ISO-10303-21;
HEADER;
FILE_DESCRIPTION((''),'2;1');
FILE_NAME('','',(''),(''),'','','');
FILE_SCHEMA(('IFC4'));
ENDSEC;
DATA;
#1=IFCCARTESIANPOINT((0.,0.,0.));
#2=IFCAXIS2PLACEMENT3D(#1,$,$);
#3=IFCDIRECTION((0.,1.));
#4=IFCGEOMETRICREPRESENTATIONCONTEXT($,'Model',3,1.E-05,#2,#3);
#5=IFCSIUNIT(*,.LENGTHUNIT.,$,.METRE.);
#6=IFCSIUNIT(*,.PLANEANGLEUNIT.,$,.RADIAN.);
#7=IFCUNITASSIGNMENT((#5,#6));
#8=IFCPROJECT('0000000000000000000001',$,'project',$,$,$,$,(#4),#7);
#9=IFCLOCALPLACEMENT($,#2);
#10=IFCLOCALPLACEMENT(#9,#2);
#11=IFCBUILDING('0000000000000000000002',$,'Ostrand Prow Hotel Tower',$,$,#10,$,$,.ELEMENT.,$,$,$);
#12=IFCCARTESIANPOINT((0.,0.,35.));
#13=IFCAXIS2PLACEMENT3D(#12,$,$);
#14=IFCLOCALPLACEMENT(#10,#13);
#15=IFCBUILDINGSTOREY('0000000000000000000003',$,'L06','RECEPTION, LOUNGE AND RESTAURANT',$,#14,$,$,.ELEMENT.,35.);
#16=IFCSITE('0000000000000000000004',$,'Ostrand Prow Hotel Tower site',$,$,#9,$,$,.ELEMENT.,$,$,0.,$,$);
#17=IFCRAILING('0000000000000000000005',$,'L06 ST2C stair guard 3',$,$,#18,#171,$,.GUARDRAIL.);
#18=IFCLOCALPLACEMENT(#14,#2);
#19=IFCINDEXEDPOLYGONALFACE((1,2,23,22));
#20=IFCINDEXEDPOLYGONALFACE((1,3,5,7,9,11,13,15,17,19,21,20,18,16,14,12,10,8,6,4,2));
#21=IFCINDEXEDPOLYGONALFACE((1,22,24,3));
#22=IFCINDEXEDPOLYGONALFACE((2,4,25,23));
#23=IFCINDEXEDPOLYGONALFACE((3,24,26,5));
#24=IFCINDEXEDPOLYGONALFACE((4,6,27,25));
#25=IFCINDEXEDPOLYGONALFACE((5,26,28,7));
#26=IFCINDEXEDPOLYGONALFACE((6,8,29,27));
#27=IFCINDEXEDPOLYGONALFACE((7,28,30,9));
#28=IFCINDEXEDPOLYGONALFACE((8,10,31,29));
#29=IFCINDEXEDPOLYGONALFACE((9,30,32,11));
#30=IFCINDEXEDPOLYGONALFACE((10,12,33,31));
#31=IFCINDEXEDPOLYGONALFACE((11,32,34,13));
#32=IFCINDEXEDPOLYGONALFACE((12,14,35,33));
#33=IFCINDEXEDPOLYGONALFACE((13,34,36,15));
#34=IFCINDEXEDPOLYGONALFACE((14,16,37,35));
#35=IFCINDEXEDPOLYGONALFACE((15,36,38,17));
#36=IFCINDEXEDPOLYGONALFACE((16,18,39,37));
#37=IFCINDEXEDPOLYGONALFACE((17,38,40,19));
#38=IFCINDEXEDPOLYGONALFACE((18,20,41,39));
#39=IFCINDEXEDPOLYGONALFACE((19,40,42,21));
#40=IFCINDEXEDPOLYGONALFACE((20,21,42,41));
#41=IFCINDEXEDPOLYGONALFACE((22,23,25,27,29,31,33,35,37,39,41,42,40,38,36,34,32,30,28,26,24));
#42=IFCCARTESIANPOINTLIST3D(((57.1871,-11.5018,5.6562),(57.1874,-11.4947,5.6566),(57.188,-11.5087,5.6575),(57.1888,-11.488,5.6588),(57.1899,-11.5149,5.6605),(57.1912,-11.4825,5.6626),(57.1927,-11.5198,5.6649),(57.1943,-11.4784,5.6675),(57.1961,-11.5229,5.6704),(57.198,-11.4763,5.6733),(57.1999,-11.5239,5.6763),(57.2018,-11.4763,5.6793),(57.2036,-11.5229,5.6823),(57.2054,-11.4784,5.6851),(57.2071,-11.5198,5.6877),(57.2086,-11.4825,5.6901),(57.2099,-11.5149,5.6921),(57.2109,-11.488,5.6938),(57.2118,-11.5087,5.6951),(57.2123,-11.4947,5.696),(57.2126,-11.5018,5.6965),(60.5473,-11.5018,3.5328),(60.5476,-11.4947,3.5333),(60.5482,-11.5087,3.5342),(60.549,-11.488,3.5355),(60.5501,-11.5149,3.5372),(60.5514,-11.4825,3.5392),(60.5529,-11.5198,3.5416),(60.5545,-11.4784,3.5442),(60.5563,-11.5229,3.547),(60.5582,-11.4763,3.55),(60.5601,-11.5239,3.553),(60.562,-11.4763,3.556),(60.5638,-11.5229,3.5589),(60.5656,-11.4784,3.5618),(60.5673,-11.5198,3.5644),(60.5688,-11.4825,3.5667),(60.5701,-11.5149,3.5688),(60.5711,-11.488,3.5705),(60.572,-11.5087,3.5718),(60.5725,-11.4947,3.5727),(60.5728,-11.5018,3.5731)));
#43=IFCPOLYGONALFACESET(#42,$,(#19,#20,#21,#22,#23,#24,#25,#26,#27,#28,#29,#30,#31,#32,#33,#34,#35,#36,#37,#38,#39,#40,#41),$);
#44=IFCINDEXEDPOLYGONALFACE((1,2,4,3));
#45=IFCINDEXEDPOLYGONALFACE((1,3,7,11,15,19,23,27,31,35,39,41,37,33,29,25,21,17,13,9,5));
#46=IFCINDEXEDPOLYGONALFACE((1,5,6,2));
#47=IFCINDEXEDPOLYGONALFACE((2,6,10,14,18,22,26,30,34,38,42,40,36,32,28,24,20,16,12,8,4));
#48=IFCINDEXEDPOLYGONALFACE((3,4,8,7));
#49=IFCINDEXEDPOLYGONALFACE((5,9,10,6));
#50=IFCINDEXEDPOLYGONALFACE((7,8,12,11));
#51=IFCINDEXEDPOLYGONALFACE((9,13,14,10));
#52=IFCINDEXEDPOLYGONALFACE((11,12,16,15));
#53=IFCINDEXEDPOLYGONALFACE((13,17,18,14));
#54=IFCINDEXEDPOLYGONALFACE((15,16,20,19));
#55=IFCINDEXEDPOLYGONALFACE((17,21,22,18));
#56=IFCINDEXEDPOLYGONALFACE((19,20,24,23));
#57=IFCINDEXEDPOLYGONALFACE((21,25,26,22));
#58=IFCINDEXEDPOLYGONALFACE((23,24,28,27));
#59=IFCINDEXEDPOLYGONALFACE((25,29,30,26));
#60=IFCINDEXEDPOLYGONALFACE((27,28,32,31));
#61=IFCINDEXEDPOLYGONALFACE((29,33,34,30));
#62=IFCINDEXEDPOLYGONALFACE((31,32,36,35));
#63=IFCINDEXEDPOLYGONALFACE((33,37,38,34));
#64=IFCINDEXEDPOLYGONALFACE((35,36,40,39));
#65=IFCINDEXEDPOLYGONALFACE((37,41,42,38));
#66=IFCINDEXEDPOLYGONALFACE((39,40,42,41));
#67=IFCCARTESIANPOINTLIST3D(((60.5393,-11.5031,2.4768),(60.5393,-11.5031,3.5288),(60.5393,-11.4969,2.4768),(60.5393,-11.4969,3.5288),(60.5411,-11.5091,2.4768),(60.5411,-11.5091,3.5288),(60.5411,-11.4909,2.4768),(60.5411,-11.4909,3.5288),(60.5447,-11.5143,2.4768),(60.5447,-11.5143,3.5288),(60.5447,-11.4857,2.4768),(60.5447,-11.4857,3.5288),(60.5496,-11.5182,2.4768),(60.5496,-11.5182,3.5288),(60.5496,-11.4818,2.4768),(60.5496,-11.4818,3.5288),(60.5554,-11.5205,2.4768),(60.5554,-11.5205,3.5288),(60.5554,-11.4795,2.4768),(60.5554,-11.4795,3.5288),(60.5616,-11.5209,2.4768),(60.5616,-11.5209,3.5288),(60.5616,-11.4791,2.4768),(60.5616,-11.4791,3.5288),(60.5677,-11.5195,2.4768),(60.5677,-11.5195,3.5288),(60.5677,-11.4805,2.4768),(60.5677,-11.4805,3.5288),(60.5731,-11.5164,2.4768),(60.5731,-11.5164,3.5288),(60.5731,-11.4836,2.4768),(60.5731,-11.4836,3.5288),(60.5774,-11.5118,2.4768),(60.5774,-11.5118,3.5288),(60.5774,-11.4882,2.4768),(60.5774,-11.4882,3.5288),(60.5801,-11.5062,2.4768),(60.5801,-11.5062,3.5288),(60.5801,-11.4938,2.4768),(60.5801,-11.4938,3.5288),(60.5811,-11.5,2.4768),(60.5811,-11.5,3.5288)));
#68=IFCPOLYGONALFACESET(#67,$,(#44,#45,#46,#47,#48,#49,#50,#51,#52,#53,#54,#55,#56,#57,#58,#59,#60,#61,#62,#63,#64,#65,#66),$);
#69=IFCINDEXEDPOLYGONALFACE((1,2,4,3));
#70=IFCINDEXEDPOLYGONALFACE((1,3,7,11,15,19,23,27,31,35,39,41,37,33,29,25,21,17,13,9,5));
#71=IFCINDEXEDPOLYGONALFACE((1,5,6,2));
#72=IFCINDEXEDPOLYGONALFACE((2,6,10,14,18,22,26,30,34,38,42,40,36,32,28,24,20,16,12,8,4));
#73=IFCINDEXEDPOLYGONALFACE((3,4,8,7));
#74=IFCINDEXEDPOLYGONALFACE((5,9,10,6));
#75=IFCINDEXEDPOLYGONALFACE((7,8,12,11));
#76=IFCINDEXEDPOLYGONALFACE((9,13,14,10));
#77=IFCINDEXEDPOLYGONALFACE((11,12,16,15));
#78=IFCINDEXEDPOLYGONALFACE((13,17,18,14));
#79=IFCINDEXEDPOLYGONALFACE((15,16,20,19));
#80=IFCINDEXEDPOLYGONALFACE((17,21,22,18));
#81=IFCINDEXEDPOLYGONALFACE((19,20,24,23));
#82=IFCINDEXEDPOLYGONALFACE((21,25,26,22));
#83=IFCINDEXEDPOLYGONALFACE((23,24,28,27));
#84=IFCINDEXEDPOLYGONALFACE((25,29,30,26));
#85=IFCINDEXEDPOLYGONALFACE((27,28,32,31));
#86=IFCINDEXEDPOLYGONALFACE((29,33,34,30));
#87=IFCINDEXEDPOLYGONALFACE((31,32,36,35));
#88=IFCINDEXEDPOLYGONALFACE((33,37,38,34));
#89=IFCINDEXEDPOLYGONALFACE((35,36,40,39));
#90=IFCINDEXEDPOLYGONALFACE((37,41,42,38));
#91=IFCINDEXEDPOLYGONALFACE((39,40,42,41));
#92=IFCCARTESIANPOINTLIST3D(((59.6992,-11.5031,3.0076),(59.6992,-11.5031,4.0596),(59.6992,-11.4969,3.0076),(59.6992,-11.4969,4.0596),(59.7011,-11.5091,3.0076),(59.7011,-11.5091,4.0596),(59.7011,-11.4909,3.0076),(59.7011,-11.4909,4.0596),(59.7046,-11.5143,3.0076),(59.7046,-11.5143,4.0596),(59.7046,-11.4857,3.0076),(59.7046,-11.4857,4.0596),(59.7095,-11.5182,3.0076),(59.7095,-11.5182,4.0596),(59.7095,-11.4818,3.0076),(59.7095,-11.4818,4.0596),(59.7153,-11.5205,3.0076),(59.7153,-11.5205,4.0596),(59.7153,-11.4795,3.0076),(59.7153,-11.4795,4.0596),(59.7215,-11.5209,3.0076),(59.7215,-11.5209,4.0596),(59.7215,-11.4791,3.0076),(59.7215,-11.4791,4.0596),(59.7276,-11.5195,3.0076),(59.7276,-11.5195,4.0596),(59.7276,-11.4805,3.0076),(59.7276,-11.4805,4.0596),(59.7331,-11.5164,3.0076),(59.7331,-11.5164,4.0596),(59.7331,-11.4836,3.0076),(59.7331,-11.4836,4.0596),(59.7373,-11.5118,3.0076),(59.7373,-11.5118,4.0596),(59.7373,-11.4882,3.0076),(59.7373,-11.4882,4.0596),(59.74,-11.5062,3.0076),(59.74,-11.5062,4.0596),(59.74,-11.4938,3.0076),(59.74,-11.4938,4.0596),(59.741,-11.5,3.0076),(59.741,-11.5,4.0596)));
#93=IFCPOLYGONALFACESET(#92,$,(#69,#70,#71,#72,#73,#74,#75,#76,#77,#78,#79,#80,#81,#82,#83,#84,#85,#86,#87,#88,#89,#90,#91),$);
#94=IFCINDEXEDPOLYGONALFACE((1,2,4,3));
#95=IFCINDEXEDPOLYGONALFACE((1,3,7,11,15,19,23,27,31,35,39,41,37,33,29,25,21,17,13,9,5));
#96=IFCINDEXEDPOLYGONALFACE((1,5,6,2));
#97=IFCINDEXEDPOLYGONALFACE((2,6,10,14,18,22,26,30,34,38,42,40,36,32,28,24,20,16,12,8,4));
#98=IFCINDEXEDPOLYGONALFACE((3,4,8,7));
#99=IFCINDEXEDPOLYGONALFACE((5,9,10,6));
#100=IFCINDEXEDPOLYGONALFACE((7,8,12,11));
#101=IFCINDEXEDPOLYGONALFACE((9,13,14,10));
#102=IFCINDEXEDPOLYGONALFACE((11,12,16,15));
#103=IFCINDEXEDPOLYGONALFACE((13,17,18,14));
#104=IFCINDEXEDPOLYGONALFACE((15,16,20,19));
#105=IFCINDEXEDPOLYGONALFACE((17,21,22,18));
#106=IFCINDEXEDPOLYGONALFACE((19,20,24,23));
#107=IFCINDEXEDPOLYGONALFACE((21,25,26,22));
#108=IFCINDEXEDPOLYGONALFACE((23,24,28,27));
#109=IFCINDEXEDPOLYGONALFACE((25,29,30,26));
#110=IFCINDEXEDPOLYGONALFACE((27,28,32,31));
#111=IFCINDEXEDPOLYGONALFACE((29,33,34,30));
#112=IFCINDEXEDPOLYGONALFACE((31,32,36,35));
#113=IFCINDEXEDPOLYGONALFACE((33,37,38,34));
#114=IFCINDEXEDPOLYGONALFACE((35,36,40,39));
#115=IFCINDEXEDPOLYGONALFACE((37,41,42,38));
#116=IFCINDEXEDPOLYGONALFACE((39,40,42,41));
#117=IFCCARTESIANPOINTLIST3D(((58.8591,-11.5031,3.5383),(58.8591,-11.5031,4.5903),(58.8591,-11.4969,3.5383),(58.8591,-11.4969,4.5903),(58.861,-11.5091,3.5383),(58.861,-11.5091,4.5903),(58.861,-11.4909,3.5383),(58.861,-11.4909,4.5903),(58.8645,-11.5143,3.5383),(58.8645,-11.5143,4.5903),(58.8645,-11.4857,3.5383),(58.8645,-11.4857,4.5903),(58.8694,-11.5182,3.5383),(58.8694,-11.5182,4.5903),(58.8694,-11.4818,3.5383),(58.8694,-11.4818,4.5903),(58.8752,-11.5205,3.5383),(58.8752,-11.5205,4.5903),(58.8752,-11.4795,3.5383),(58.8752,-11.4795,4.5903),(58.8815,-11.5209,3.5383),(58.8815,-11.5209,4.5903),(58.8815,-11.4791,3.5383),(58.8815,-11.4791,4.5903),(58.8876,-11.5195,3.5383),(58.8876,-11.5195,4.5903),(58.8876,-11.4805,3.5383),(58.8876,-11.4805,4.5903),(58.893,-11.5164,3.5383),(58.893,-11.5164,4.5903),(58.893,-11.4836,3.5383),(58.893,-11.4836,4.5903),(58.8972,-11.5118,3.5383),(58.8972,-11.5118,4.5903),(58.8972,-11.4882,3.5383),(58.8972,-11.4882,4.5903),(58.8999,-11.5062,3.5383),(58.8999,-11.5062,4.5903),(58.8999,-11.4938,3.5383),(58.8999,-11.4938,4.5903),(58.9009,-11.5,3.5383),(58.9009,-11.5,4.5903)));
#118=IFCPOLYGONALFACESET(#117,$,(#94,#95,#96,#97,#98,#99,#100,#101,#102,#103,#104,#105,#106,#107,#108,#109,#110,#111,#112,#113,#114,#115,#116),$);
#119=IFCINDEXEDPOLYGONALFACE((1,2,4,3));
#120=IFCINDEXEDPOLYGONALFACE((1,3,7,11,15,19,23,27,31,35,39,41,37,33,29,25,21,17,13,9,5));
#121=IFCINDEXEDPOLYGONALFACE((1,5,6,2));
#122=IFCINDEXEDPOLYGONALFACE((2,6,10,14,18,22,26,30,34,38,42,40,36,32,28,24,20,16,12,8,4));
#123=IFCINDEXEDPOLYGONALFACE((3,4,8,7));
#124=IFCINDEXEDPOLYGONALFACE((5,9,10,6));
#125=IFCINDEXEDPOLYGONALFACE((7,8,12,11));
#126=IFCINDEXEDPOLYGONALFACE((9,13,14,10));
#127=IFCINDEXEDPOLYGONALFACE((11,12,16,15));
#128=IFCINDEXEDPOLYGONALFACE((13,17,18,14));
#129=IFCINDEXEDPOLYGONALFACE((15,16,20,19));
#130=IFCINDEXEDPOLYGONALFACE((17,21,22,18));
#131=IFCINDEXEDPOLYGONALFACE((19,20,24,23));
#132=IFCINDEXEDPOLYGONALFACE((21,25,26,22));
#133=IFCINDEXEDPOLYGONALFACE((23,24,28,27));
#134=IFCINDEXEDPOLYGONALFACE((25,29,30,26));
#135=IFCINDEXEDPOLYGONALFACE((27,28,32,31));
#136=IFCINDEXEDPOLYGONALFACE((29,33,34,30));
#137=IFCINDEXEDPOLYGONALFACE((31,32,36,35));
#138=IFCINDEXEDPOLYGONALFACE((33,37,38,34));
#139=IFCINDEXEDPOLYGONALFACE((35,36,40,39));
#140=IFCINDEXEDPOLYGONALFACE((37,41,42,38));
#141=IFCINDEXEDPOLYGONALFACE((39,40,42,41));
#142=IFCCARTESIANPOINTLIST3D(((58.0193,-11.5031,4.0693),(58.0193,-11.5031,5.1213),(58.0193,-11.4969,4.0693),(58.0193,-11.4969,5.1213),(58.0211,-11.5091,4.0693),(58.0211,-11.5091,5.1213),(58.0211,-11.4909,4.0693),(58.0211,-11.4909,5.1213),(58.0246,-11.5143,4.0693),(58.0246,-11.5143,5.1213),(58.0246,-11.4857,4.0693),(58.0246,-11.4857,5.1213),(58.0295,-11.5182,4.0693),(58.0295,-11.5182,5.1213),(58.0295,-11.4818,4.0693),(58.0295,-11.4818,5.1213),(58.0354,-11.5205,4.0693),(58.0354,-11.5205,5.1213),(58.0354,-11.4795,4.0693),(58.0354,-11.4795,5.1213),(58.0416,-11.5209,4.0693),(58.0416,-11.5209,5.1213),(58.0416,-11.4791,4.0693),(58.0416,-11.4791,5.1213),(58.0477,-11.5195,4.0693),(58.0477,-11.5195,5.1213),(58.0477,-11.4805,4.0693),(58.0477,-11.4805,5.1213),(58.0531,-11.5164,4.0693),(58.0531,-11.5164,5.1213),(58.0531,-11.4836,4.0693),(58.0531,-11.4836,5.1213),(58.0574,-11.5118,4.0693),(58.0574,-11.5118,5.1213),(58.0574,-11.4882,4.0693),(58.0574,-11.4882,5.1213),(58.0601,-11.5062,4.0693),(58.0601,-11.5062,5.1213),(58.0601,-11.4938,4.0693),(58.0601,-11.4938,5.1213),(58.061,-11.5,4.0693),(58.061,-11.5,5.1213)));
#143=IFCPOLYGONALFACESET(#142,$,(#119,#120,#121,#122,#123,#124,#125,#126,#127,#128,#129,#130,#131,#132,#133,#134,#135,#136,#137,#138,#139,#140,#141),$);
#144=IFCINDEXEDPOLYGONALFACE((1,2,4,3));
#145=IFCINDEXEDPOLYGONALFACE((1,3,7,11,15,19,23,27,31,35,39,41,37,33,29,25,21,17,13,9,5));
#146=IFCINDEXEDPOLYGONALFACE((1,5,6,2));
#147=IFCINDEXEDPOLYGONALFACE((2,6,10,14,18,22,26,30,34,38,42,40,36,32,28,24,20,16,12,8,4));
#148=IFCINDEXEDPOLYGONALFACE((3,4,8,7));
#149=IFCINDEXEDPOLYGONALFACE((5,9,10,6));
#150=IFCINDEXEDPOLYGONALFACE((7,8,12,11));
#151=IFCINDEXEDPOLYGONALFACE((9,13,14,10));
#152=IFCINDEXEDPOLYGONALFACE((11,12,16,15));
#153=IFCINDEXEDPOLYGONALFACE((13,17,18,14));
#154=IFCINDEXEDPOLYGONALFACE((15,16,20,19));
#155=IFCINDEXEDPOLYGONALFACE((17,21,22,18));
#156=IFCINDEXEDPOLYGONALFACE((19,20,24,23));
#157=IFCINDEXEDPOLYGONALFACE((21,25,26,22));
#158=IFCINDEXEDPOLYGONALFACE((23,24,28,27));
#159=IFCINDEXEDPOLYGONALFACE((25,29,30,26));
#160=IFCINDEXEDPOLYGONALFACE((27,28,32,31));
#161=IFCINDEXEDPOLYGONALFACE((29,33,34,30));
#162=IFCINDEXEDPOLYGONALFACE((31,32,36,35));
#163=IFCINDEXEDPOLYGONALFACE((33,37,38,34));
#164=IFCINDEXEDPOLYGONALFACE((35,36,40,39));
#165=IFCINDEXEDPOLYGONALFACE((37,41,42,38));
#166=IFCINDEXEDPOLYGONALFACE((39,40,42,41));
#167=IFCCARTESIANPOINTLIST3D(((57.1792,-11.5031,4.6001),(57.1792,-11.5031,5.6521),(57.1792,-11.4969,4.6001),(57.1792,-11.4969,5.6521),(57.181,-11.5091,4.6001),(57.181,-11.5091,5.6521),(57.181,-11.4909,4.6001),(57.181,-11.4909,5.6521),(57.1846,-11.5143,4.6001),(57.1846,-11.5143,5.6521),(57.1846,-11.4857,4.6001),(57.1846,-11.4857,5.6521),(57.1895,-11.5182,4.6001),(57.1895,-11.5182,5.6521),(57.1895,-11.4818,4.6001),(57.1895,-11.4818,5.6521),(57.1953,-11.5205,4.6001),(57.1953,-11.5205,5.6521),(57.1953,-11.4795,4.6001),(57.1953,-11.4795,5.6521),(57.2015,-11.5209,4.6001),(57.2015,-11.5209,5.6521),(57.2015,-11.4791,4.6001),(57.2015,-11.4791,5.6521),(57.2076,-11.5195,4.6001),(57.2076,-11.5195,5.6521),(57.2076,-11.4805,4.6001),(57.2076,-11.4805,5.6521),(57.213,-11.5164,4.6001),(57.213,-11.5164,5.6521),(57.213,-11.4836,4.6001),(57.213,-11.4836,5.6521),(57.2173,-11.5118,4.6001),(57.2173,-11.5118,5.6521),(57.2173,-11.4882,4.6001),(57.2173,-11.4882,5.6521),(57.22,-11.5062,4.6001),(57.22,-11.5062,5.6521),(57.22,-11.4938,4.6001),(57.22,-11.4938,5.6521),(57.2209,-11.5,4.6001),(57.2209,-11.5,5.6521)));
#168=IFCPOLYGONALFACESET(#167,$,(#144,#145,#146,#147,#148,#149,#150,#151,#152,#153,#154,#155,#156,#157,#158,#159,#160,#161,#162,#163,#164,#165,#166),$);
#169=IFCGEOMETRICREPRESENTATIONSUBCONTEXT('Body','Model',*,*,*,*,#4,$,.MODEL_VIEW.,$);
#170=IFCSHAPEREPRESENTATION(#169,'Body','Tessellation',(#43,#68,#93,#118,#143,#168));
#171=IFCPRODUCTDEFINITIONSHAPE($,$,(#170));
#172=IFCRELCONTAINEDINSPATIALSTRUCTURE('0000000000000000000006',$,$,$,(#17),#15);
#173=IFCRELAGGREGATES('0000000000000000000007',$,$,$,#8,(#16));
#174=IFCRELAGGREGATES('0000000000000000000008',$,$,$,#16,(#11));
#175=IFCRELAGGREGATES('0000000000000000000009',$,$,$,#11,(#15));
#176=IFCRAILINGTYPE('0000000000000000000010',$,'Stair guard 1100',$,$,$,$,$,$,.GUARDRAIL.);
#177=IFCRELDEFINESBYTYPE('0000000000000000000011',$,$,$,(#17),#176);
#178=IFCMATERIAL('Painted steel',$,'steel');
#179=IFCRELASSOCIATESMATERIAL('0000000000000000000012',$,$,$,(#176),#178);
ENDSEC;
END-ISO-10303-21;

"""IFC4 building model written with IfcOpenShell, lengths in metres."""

from ifc_helpers import new_model, si_unit, direction, frame, origin, origin_2d, place, context, subcontext, project, spatial, circle, extrude, material, type_object, element, save


model = new_model("IFC4")

# Units and contexts
model_context = context("Model", 3, precision=1e-05, world=origin(), true_north=direction((0.0, 1.0)))
body_context = subcontext(model_context, "Body", "Model", "MODEL_VIEW")
ifc_project = project(units=[si_unit("LENGTHUNIT", "METRE"), si_unit("PLANEANGLEUNIT", "RADIAN")], contexts=[model_context])

# Site, building, storey
site_placement = place(None, origin())
site = spatial("IfcSite", under=ifc_project, at=site_placement, Name="Ostrand Prow Hotel Tower site", CompositionType="ELEMENT", RefElevation=0.0)
building_placement = place(site_placement, origin())
building = spatial("IfcBuilding", under=site, at=building_placement, Name="Ostrand Prow Hotel Tower", CompositionType="ELEMENT")
storey_placement = place(building_placement, frame((0.0, 0.0, 35.0)))
storey = spatial("IfcBuildingStorey", under=building, at=storey_placement, Name="L06", Description="RECEPTION, LOUNGE AND RESTAURANT", CompositionType="ELEMENT", Elevation=35.0)

# Railing
ifc_material_1 = material(Name="Painted steel", Category="steel")
railing_type_1 = type_object("IfcRailingType", Name="Stair guard 1100", PredefinedType="GUARDRAIL", material=ifc_material_1)
railing_1_placement = place(storey_placement, frame((60.5601, -11.5, 2.4768)))
element("IfcRailing", 1, at=railing_1_placement, inside=storey, type_object=railing_type_1, Name="L06 ST2C stair guard 3", PredefinedType="GUARDRAIL", context=body_context, shape_type="SweptSolid", body=[
    extrude(circle(Radius=0.0239, at=origin_2d()), frame((0.0, 0.0, 1.0762), z_axis=(-0.845362, 0.0, 0.534194), x_axis=(0.0, -1.0, 0.0)), (0.0, 0.0, 1.0), 3.9749),
    extrude(circle(Radius=0.021, at=origin_2d()), origin(), (0.0, 0.0, 1.0), 1.052),
    extrude(circle(Radius=0.021, at=origin_2d()), frame((-0.8401, 0.0, 0.5308)), (0.0, 0.0, 1.0), 1.052),
    extrude(circle(Radius=0.021, at=origin_2d()), frame((-1.6802, 0.0, 1.0615)), (0.0, 0.0, 1.0), 1.052),
    extrude(circle(Radius=0.021, at=origin_2d()), frame((-2.52, 0.0, 1.5925)), (0.0, 0.0, 1.0), 1.052),
    extrude(circle(Radius=0.021, at=origin_2d()), frame((-3.3601, 0.0, 2.1233)), (0.0, 0.0, 1.0), 1.052),
])

save(model, "model.ifc")
